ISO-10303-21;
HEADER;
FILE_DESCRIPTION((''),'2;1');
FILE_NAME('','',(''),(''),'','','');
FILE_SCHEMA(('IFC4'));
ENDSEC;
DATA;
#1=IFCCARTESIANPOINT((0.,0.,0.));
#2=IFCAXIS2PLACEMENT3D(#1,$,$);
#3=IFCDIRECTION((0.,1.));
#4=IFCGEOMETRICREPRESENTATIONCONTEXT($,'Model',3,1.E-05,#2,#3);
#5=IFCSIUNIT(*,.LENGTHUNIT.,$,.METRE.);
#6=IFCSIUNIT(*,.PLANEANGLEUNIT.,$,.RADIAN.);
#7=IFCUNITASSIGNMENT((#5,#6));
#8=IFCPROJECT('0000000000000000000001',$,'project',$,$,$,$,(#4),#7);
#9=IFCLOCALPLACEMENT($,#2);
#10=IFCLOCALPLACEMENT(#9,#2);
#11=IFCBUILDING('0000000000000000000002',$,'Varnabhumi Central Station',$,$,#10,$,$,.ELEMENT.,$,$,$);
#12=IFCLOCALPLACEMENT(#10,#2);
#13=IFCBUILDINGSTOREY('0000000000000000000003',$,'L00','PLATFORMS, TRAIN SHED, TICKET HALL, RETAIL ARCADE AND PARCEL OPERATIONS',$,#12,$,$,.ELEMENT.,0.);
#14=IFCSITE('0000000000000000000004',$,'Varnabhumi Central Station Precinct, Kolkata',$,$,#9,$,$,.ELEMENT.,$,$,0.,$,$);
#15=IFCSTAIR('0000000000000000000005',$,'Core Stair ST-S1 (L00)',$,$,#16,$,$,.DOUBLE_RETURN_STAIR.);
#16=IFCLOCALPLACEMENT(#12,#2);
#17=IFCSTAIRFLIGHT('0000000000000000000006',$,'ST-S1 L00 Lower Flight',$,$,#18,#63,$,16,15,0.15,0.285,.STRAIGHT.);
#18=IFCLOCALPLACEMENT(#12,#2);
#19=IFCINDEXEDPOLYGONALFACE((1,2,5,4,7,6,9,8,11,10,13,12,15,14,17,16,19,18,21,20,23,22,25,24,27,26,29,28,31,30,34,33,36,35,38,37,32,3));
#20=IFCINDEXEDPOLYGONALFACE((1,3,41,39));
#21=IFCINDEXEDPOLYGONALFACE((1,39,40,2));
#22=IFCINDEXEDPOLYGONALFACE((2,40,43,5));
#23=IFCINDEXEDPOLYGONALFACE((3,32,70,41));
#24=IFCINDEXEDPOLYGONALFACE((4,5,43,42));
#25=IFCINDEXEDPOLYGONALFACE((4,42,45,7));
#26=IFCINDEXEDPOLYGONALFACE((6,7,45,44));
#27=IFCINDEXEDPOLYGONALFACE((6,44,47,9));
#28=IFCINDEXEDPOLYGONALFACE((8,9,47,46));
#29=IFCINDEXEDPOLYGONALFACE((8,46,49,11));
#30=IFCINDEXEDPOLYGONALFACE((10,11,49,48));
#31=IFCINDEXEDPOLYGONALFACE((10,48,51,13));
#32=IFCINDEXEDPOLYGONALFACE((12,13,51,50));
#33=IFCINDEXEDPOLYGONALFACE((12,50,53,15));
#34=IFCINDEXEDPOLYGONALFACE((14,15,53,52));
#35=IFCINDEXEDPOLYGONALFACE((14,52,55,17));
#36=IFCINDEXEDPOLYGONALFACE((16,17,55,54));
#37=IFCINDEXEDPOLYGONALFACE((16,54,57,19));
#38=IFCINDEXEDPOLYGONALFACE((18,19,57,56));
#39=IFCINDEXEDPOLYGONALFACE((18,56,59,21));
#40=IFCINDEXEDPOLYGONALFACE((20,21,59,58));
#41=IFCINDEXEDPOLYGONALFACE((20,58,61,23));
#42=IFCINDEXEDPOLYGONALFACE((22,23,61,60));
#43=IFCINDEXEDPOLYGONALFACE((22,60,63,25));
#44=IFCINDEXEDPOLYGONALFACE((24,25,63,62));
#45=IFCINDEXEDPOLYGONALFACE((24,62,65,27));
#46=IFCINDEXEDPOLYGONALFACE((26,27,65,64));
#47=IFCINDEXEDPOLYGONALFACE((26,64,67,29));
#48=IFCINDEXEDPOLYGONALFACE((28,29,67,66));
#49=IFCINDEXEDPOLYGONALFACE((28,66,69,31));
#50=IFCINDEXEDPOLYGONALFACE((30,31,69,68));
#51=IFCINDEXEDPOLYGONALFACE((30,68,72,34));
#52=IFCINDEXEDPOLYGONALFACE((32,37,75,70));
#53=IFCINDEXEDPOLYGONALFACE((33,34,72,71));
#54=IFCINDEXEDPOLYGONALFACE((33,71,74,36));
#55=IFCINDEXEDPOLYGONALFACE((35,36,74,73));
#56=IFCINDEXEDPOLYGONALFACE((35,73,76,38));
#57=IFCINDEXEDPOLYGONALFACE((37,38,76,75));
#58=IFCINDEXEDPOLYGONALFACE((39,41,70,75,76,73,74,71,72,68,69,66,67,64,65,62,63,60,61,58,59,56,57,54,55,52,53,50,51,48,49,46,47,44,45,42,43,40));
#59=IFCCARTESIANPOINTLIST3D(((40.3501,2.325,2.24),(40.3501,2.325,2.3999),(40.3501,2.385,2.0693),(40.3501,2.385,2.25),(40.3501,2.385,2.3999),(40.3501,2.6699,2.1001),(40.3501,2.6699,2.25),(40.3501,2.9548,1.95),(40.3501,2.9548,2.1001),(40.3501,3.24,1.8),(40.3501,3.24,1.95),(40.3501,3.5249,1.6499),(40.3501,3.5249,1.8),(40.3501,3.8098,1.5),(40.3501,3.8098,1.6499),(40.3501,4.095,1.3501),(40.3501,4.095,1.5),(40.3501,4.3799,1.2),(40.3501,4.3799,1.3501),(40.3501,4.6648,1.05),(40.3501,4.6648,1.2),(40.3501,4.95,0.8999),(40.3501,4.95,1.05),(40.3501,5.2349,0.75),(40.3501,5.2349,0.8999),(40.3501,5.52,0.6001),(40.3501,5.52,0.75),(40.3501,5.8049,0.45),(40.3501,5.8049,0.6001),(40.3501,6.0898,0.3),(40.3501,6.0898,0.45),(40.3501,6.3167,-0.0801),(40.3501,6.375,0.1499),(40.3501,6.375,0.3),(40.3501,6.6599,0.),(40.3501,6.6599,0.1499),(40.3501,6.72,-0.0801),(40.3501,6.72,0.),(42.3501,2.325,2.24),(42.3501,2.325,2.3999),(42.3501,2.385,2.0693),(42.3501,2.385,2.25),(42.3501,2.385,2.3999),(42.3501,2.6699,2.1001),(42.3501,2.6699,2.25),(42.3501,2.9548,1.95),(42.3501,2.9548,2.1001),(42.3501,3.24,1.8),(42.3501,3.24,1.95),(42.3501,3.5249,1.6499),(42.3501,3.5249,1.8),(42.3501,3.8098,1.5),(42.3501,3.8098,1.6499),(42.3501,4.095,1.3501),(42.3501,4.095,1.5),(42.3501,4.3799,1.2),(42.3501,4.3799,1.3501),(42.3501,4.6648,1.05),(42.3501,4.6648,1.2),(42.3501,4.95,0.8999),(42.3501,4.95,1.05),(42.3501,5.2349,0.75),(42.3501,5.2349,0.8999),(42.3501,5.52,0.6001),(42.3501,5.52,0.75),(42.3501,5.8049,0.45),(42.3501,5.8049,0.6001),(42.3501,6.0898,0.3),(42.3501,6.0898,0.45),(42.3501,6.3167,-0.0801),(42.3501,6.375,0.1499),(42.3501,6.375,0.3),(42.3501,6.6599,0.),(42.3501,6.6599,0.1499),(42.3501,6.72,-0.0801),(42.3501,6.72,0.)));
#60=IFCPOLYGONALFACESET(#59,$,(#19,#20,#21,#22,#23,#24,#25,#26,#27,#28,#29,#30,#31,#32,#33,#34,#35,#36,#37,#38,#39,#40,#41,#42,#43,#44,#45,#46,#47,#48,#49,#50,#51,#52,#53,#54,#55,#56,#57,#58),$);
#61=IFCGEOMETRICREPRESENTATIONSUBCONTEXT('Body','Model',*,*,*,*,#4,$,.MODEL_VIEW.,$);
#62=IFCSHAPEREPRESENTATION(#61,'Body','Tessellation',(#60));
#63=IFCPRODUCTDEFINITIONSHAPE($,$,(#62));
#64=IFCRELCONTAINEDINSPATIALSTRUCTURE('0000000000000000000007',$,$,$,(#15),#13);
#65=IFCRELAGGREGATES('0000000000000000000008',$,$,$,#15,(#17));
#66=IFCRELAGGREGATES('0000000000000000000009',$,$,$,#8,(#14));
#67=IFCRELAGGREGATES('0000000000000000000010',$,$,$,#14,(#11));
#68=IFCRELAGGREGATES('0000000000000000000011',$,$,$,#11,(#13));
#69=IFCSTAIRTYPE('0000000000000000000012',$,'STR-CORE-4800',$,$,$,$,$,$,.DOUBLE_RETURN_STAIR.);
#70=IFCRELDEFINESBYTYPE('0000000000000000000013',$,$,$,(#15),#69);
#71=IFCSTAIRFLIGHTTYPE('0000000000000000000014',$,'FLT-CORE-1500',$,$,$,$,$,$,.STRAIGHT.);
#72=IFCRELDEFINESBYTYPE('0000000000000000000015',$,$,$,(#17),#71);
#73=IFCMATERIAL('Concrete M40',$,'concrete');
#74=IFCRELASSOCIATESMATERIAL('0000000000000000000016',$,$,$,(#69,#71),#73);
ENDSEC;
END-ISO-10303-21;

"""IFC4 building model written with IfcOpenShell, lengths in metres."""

from ifc_helpers import new_model, si_unit, direction, frame, origin, place, context, subcontext, project, spatial, polyline, outline, extrude, material, type_object, element, aggregate, save


model = new_model("IFC4")

# Units and contexts
model_context = context("Model", 3, precision=1e-05, world=origin(), true_north=direction((0.0, 1.0)))
body_context = subcontext(model_context, "Body", "Model", "MODEL_VIEW")
ifc_project = project(units=[si_unit("LENGTHUNIT", "METRE"), si_unit("PLANEANGLEUNIT", "RADIAN")], contexts=[model_context])

# Site, building, storey
site_placement = place(None, origin())
site = spatial("IfcSite", under=ifc_project, at=site_placement, Name="Varnabhumi Central Station Precinct, Kolkata", CompositionType="ELEMENT", RefElevation=0.0)
building_placement = place(site_placement, origin())
building = spatial("IfcBuilding", under=site, at=building_placement, Name="Varnabhumi Central Station", CompositionType="ELEMENT")
storey_placement = place(building_placement, origin())
storey = spatial("IfcBuildingStorey", under=building, at=storey_placement, Name="L00", Description="PLATFORMS, TRAIN SHED, TICKET HALL, RETAIL ARCADE AND PARCEL OPERATIONS", CompositionType="ELEMENT", Elevation=0.0)

# Shared definitions
ifc_material_1 = material(Name="Concrete M40", Category="concrete")

# Stair, stair flight
stair_type = type_object("IfcStairType", Name="STR-CORE-4800", PredefinedType="DOUBLE_RETURN_STAIR", material=ifc_material_1)
stair_placement = place(storey_placement, origin())
stair = element("IfcStair", 1, at=stair_placement, inside=storey, type_object=stair_type, Name="Core Stair ST-S1 (L00)", PredefinedType="DOUBLE_RETURN_STAIR")
stair_flight_type = type_object("IfcStairFlightType", Name="FLT-CORE-1500", PredefinedType="STRAIGHT", material=ifc_material_1)
stair_flight_placement = place(storey_placement, frame((41.3501, 6.6599, 0.0), z_axis=(0.0, 0.0, 1.0), x_axis=(0.0, -1.0, 0.0)))
stair_flight = element("IfcStairFlight", 2, at=stair_flight_placement, type_object=stair_flight_type, Name="ST-S1 L00 Lower Flight", NumberOfRisers=16, NumberOfTreads=15, PredefinedType="STRAIGHT", RiserHeight=0.15, TreadLength=0.285, context=body_context, shape_type="SweptSolid", body=[
    extrude(outline(polyline([(-0.0601, -0.0801), (-0.0601, 0.0), (0.0, 0.0), (0.0, 0.1499), (0.2849, 0.1499), (0.2849, 0.3), (0.5701, 0.3), (0.5701, 0.45), (0.855, 0.45), (0.855, 0.6001), (1.1399, 0.6001), (1.1399, 0.75), (1.425, 0.75), (1.425, 0.8999), (1.71, 0.8999), (1.71, 1.05), (1.9951, 1.05), (1.9951, 1.2), (2.28, 1.2), (2.28, 1.3501), (2.5649, 1.3501), (2.5649, 1.5), (2.8501, 1.5), (2.8501, 1.6499), (3.135, 1.6499), (3.135, 1.8), (3.4199, 1.8), (3.4199, 1.95), (3.7051, 1.95), (3.7051, 2.1001), (3.99, 2.1001), (3.99, 2.25), (4.2749, 2.25), (4.2749, 2.3999), (4.335, 2.3999), (4.335, 2.24), (4.2749, 2.0693), (0.3433, -0.0801), (-0.0601, -0.0801)])), frame((0.0, 1.0, 0.0), z_axis=(0.0, -1.0, 0.0), x_axis=(1.0, 0.0, 0.0)), (0.0, 0.0, 1.0), 2.0),
])
aggregate(stair, [stair_flight])

save(model, "model.ifc")
